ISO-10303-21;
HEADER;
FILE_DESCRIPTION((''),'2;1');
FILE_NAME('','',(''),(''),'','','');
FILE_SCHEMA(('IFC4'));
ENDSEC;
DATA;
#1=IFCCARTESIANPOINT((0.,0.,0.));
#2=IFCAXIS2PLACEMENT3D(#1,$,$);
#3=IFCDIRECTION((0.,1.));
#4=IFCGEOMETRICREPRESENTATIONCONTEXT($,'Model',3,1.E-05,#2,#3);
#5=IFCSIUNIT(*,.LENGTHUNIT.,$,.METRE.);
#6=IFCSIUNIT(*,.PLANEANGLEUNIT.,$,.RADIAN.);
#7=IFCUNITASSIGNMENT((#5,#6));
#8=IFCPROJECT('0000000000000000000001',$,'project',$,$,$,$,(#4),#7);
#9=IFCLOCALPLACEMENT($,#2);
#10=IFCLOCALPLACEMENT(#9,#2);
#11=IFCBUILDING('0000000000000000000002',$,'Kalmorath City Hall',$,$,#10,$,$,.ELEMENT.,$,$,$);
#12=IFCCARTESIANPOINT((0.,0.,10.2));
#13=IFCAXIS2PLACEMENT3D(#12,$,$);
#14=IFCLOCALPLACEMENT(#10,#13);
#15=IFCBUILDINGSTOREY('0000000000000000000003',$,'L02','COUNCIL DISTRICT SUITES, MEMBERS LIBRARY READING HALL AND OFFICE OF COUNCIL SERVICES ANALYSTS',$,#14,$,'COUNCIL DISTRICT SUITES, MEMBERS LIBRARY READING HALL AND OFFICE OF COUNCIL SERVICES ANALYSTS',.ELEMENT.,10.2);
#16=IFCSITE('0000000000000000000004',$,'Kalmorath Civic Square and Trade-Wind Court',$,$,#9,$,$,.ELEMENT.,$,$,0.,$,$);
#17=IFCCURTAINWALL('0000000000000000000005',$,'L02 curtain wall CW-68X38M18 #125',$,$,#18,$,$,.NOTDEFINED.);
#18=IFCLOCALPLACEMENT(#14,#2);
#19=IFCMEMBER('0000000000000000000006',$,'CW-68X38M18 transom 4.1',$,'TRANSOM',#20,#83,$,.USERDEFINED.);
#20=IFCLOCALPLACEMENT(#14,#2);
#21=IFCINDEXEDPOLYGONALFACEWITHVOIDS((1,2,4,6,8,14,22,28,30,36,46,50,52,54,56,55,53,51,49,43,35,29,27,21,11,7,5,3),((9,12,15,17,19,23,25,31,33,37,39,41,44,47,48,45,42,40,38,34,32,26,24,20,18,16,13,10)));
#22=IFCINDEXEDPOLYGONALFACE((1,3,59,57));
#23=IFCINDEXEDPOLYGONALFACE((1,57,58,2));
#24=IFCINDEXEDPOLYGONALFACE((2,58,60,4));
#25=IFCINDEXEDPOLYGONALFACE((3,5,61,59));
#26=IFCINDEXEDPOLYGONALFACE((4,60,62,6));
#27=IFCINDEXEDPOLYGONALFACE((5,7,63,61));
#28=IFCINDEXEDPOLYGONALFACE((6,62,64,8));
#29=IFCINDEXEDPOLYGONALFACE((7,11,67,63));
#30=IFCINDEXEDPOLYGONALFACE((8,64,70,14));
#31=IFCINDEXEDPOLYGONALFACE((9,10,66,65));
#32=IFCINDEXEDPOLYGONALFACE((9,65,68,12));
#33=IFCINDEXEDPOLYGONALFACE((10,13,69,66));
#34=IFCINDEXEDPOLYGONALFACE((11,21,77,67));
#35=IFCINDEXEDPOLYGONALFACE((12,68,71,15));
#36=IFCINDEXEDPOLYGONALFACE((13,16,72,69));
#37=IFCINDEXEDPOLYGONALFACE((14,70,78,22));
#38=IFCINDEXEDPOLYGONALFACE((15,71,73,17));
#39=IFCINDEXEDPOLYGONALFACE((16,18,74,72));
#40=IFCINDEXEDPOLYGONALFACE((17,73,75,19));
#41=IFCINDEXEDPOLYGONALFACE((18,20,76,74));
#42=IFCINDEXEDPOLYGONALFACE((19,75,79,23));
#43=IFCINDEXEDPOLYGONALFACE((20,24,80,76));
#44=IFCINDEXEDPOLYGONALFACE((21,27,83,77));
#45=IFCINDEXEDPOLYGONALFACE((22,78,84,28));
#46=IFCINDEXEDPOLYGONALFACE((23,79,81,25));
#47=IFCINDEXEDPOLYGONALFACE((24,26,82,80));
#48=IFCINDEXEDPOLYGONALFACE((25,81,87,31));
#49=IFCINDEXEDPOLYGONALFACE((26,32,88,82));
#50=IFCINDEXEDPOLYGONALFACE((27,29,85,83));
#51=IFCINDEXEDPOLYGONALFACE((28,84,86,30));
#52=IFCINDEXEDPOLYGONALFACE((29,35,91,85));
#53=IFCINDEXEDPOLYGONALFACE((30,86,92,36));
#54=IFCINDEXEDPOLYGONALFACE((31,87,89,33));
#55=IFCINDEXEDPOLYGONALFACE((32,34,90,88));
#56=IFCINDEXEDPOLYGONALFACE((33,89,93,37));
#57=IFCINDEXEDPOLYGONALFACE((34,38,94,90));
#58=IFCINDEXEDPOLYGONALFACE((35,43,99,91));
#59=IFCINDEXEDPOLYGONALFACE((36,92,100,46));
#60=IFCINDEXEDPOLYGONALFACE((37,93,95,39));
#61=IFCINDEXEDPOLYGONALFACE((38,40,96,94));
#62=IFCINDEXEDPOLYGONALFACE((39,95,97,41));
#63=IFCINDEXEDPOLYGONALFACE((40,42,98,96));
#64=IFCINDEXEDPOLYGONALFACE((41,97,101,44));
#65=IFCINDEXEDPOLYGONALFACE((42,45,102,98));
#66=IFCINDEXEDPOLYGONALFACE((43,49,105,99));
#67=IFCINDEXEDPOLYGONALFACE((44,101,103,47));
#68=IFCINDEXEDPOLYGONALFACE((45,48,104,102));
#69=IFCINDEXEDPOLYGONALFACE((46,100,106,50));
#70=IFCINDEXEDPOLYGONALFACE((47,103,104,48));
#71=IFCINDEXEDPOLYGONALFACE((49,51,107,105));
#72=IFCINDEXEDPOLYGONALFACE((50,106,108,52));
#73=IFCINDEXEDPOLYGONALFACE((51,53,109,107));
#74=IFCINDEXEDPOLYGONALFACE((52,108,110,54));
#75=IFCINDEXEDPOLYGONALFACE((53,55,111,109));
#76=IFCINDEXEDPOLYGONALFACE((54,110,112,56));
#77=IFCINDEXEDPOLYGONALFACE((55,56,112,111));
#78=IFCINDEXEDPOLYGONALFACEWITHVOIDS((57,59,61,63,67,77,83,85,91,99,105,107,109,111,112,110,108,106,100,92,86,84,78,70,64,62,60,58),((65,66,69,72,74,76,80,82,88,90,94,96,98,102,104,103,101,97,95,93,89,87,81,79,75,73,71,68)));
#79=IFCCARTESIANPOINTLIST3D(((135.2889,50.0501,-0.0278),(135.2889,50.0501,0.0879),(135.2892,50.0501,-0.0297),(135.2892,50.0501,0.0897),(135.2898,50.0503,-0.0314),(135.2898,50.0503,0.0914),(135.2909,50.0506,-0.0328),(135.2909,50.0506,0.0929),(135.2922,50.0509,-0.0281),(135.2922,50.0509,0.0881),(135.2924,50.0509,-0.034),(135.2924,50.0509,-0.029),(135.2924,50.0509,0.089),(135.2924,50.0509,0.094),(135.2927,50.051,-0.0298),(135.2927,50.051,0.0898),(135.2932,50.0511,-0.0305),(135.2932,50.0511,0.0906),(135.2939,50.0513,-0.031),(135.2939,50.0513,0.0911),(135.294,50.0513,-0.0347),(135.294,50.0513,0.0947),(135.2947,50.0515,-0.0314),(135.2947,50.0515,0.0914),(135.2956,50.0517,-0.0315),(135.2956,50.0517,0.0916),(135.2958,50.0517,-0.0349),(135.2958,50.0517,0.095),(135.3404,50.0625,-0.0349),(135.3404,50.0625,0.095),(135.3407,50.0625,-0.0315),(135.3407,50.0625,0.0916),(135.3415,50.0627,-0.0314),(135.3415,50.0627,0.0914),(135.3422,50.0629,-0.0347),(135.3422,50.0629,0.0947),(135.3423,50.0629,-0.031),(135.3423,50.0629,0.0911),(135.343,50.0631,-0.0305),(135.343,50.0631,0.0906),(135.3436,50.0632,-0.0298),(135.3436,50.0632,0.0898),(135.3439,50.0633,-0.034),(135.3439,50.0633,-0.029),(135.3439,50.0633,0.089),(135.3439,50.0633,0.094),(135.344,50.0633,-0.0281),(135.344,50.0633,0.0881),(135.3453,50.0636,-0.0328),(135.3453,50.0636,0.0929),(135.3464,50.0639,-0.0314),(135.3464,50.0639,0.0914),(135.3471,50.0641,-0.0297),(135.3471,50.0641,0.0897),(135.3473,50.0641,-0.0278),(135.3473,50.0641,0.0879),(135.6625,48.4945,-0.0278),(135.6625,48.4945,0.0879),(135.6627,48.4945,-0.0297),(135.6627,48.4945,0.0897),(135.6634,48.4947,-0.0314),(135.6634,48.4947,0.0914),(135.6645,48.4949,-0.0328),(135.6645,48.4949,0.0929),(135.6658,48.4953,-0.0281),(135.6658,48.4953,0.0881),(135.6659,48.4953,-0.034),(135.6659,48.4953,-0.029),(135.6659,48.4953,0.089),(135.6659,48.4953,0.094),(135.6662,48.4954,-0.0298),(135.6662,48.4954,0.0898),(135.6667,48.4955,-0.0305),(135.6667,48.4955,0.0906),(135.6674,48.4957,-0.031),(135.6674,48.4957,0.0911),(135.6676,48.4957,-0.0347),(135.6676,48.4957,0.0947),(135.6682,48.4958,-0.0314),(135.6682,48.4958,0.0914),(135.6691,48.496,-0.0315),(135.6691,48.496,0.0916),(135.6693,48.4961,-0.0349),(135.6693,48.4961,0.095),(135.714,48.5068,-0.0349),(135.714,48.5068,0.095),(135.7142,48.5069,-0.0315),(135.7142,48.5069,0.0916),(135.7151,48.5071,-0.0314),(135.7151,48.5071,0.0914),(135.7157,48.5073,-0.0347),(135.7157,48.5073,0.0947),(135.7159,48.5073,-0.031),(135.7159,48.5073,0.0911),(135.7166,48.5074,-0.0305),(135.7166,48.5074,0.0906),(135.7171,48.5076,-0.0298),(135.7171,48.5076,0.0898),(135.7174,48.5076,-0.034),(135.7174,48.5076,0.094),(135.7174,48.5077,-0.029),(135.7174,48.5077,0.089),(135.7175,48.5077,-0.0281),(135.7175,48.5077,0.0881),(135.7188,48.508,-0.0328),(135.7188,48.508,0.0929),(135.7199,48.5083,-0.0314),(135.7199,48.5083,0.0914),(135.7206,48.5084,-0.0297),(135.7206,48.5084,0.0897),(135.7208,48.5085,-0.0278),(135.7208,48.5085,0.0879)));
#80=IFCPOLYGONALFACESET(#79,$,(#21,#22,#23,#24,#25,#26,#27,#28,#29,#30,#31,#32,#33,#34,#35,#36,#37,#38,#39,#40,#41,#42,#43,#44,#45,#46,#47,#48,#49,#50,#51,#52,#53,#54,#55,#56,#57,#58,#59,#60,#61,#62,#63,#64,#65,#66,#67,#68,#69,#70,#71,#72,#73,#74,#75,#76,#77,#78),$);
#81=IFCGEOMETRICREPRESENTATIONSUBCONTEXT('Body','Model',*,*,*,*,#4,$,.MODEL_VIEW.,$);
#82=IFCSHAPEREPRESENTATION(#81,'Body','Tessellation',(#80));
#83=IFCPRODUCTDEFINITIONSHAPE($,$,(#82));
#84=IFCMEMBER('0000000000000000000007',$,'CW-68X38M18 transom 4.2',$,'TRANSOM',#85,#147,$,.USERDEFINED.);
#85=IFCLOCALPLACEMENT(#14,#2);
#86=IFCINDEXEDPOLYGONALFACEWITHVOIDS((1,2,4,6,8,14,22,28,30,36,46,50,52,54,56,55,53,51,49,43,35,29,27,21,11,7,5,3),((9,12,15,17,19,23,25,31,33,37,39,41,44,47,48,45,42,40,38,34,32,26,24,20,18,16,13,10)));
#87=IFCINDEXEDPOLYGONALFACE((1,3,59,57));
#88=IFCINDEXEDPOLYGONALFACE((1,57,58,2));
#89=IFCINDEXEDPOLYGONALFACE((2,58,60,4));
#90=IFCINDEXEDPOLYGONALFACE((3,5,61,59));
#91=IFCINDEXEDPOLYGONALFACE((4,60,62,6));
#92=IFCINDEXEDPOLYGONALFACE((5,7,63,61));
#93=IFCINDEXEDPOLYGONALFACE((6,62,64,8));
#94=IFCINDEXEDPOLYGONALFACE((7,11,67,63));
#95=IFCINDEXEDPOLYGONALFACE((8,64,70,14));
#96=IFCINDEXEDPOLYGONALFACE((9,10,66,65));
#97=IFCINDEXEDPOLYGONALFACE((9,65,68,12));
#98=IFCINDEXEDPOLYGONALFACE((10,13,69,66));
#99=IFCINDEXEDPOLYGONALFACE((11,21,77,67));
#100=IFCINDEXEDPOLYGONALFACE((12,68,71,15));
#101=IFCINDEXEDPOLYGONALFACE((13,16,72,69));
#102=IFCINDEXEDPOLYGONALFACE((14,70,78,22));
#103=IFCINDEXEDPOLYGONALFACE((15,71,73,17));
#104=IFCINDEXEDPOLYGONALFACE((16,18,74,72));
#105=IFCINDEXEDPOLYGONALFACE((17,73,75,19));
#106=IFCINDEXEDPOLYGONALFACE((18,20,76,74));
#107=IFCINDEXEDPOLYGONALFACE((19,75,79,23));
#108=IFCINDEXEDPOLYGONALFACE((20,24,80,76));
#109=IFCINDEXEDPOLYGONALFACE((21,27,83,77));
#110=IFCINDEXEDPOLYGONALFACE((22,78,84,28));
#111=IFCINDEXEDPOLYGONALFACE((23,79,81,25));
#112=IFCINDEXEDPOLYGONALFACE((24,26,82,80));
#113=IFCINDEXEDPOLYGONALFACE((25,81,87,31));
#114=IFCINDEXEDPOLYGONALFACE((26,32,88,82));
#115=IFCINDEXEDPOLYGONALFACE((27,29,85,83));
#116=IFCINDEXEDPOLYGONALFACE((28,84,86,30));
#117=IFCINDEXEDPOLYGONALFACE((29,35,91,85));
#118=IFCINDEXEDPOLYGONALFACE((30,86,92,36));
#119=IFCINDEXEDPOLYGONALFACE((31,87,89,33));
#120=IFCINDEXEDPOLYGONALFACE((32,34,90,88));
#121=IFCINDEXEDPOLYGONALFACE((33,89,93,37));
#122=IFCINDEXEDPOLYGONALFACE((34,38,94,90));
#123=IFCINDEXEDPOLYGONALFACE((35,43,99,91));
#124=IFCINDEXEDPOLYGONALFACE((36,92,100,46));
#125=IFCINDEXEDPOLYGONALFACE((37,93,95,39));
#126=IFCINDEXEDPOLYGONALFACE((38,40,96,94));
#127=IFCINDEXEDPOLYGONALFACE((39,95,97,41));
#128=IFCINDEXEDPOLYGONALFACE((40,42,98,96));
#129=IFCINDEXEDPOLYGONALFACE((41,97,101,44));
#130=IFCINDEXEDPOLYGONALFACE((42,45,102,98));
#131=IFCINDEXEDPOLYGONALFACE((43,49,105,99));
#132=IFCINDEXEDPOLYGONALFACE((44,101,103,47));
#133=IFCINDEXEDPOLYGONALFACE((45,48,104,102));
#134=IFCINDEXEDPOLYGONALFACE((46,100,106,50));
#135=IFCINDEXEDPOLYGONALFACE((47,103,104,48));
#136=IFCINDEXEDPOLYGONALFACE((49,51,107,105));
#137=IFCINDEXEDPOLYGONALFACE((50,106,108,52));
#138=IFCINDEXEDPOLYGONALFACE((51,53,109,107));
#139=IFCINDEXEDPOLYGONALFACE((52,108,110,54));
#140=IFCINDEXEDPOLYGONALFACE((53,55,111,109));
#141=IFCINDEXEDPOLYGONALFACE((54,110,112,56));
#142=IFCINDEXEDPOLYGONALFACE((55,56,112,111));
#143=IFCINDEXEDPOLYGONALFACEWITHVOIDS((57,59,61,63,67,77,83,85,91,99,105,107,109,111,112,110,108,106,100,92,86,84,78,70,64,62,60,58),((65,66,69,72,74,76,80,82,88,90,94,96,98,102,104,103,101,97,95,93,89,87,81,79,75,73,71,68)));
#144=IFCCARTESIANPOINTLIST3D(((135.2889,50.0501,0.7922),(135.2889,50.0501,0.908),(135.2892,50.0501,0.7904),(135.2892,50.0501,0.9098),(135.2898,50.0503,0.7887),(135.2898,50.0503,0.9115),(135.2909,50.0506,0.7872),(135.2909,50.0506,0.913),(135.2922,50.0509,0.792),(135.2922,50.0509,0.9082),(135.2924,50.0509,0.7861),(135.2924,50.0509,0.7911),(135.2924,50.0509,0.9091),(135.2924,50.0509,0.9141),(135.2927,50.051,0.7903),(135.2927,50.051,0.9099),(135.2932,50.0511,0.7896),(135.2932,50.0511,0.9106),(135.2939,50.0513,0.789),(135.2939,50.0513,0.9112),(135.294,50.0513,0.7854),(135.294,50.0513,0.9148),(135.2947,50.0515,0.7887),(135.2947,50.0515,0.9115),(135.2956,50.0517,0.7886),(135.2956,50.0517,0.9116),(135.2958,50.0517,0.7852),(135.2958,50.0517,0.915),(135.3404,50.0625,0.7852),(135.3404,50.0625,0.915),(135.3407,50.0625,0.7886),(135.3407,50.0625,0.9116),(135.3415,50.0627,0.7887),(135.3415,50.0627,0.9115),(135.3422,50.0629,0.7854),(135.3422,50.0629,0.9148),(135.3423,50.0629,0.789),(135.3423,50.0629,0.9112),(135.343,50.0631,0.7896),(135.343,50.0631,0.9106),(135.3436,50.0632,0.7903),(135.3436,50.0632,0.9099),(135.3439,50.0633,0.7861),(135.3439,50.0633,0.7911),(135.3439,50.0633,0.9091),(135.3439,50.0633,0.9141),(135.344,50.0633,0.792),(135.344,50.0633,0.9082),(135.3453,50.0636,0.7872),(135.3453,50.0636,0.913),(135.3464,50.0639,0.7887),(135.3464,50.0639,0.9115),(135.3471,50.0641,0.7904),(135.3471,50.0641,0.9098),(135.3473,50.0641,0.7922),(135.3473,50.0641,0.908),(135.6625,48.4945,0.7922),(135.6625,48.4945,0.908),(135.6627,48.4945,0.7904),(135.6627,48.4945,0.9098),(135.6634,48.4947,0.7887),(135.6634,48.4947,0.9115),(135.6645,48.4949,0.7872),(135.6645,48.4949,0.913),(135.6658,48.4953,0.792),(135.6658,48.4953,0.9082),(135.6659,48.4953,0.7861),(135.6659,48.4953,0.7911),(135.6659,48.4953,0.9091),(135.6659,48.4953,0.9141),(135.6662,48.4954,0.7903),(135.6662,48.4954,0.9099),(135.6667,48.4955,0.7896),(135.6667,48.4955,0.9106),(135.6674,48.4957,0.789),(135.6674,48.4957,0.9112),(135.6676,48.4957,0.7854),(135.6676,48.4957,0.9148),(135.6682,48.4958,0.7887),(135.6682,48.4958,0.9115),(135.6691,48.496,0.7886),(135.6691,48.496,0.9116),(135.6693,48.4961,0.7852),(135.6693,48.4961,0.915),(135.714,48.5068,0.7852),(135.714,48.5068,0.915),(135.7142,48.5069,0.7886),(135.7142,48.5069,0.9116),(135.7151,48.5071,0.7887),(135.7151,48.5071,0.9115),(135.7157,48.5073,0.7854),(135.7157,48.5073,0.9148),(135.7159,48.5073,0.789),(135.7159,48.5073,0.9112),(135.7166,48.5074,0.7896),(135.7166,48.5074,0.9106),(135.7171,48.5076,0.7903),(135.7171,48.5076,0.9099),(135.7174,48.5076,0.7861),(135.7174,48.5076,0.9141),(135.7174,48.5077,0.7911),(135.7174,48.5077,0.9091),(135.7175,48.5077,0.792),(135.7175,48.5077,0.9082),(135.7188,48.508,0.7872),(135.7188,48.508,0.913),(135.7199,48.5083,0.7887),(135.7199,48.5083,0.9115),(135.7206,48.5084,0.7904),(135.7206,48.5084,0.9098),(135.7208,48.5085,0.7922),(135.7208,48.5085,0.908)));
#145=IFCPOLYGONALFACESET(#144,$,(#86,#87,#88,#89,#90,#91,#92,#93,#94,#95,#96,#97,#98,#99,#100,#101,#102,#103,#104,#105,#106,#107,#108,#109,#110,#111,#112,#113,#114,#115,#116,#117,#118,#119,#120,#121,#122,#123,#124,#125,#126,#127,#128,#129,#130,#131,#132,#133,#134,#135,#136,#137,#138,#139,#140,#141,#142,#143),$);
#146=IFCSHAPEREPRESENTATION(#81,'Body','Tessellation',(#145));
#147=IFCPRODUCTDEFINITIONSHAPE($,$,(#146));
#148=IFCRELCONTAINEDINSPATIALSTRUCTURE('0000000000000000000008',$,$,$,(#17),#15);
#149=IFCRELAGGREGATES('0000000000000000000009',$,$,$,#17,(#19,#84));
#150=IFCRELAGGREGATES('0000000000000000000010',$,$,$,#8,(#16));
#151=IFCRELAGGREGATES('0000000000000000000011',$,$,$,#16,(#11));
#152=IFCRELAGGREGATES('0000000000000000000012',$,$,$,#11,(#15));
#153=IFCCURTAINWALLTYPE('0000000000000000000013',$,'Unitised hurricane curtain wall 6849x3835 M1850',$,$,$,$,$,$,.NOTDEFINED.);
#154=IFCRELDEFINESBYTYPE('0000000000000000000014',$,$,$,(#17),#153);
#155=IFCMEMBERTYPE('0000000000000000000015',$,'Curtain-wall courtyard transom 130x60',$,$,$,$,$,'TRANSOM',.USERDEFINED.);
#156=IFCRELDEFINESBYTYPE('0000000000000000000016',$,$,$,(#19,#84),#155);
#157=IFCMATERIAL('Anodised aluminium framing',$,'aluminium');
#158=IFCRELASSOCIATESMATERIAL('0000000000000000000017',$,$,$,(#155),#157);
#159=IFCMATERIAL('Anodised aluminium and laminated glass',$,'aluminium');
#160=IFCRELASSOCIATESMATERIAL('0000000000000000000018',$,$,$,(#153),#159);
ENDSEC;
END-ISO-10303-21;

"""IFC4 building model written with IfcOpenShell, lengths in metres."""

from ifc_helpers import new_model, si_unit, direction, frame, origin, origin_2d, place, context, subcontext, project, spatial, hollow_rectangle, extrude, material, material_profile, profile_set, type_object, element, aggregate, save


model = new_model("IFC4")

# Units and contexts
model_context = context("Model", 3, precision=1e-05, world=origin(), true_north=direction((0.0, 1.0)))
body_context = subcontext(model_context, "Body", "Model", "MODEL_VIEW")
ifc_project = project(units=[si_unit("LENGTHUNIT", "METRE"), si_unit("PLANEANGLEUNIT", "RADIAN")], contexts=[model_context])

# Site, building, storey
site_placement = place(None, origin())
site = spatial("IfcSite", under=ifc_project, at=site_placement, Name="Kalmorath Civic Square and Trade-Wind Court", CompositionType="ELEMENT", RefElevation=0.0)
building_placement = place(site_placement, origin())
building = spatial("IfcBuilding", under=site, at=building_placement, Name="Kalmorath City Hall", CompositionType="ELEMENT")
storey_placement = place(building_placement, frame((0.0, 0.0, 10.2)))
storey = spatial("IfcBuildingStorey", under=building, at=storey_placement, Name="L02", Description="COUNCIL DISTRICT SUITES, MEMBERS LIBRARY READING HALL AND OFFICE OF COUNCIL SERVICES ANALYSTS", LongName="COUNCIL DISTRICT SUITES, MEMBERS LIBRARY READING HALL AND OFFICE OF COUNCIL SERVICES ANALYSTS", CompositionType="ELEMENT", Elevation=10.2)

# Curtain wall, members
ifc_material_1 = material(Name="Anodised aluminium framing", Category="aluminium")
ifc_material_profile_1 = material_profile(ifc_material_1, hollow_rectangle(XDim=0.0601, YDim=0.1299, WallThickness=0.0034, InnerFilletRadius=0.0034, OuterFilletRadius=0.0071, at=origin_2d()), Name="ALU-TRN-130X60X3.5")
ifc_profile_set_1 = profile_set([ifc_material_profile_1], Name="Anodised aluminium framing")
member_type_1 = type_object("IfcMemberType", Name="Curtain-wall courtyard transom 130x60", ElementType="TRANSOM", PredefinedType="USERDEFINED", material=ifc_profile_set_1)
ifc_material_2 = material(Name="Anodised aluminium and laminated glass", Category="aluminium")
curtain_wall_type_1 = type_object("IfcCurtainWallType", Name="Unitised hurricane curtain wall 6849x3835 M1850", PredefinedType="NOTDEFINED", material=ifc_material_2)
curtain_wall_1_placement = place(storey_placement, origin())
curtain_wall_1 = element("IfcCurtainWall", 1, at=curtain_wall_1_placement, inside=storey, type_object=curtain_wall_type_1, Name="L02 curtain wall CW-68X38M18 #125", PredefinedType="NOTDEFINED")
member_1_placement = place(storey_placement, frame((135.6917, 48.5015, 0.03), z_axis=(-0.233477, 0.972362, 0.0), x_axis=(-0.972362, -0.233477, 0.0)))
member_1 = element("IfcMember", 2, at=member_1_placement, type_object=member_type_1, Name="CW-68X38M18 transom 4.1", ObjectType="TRANSOM", PredefinedType="USERDEFINED", context=body_context, shape_type="SweptSolid", body=[
    extrude(hollow_rectangle(XDim=0.0601, YDim=0.1299, WallThickness=0.0034, InnerFilletRadius=0.0034, OuterFilletRadius=0.0071, at=origin_2d()), origin(), (0.0, 0.0, 1.0), 1.5999),
])
member_2_placement = place(storey_placement, frame((135.6917, 48.5015, 0.8501), z_axis=(-0.233477, 0.972362, 0.0), x_axis=(-0.972362, -0.233477, 0.0)))
member_2 = element("IfcMember", 3, at=member_2_placement, type_object=member_type_1, Name="CW-68X38M18 transom 4.2", ObjectType="TRANSOM", PredefinedType="USERDEFINED", context=body_context, shape_type="SweptSolid", body=[
    extrude(hollow_rectangle(XDim=0.0601, YDim=0.1299, WallThickness=0.0034, InnerFilletRadius=0.0034, OuterFilletRadius=0.0071, at=origin_2d()), origin(), (0.0, 0.0, 1.0), 1.5999),
])

aggregate(curtain_wall_1, [member_1, member_2])

save(model, "model.ifc")
